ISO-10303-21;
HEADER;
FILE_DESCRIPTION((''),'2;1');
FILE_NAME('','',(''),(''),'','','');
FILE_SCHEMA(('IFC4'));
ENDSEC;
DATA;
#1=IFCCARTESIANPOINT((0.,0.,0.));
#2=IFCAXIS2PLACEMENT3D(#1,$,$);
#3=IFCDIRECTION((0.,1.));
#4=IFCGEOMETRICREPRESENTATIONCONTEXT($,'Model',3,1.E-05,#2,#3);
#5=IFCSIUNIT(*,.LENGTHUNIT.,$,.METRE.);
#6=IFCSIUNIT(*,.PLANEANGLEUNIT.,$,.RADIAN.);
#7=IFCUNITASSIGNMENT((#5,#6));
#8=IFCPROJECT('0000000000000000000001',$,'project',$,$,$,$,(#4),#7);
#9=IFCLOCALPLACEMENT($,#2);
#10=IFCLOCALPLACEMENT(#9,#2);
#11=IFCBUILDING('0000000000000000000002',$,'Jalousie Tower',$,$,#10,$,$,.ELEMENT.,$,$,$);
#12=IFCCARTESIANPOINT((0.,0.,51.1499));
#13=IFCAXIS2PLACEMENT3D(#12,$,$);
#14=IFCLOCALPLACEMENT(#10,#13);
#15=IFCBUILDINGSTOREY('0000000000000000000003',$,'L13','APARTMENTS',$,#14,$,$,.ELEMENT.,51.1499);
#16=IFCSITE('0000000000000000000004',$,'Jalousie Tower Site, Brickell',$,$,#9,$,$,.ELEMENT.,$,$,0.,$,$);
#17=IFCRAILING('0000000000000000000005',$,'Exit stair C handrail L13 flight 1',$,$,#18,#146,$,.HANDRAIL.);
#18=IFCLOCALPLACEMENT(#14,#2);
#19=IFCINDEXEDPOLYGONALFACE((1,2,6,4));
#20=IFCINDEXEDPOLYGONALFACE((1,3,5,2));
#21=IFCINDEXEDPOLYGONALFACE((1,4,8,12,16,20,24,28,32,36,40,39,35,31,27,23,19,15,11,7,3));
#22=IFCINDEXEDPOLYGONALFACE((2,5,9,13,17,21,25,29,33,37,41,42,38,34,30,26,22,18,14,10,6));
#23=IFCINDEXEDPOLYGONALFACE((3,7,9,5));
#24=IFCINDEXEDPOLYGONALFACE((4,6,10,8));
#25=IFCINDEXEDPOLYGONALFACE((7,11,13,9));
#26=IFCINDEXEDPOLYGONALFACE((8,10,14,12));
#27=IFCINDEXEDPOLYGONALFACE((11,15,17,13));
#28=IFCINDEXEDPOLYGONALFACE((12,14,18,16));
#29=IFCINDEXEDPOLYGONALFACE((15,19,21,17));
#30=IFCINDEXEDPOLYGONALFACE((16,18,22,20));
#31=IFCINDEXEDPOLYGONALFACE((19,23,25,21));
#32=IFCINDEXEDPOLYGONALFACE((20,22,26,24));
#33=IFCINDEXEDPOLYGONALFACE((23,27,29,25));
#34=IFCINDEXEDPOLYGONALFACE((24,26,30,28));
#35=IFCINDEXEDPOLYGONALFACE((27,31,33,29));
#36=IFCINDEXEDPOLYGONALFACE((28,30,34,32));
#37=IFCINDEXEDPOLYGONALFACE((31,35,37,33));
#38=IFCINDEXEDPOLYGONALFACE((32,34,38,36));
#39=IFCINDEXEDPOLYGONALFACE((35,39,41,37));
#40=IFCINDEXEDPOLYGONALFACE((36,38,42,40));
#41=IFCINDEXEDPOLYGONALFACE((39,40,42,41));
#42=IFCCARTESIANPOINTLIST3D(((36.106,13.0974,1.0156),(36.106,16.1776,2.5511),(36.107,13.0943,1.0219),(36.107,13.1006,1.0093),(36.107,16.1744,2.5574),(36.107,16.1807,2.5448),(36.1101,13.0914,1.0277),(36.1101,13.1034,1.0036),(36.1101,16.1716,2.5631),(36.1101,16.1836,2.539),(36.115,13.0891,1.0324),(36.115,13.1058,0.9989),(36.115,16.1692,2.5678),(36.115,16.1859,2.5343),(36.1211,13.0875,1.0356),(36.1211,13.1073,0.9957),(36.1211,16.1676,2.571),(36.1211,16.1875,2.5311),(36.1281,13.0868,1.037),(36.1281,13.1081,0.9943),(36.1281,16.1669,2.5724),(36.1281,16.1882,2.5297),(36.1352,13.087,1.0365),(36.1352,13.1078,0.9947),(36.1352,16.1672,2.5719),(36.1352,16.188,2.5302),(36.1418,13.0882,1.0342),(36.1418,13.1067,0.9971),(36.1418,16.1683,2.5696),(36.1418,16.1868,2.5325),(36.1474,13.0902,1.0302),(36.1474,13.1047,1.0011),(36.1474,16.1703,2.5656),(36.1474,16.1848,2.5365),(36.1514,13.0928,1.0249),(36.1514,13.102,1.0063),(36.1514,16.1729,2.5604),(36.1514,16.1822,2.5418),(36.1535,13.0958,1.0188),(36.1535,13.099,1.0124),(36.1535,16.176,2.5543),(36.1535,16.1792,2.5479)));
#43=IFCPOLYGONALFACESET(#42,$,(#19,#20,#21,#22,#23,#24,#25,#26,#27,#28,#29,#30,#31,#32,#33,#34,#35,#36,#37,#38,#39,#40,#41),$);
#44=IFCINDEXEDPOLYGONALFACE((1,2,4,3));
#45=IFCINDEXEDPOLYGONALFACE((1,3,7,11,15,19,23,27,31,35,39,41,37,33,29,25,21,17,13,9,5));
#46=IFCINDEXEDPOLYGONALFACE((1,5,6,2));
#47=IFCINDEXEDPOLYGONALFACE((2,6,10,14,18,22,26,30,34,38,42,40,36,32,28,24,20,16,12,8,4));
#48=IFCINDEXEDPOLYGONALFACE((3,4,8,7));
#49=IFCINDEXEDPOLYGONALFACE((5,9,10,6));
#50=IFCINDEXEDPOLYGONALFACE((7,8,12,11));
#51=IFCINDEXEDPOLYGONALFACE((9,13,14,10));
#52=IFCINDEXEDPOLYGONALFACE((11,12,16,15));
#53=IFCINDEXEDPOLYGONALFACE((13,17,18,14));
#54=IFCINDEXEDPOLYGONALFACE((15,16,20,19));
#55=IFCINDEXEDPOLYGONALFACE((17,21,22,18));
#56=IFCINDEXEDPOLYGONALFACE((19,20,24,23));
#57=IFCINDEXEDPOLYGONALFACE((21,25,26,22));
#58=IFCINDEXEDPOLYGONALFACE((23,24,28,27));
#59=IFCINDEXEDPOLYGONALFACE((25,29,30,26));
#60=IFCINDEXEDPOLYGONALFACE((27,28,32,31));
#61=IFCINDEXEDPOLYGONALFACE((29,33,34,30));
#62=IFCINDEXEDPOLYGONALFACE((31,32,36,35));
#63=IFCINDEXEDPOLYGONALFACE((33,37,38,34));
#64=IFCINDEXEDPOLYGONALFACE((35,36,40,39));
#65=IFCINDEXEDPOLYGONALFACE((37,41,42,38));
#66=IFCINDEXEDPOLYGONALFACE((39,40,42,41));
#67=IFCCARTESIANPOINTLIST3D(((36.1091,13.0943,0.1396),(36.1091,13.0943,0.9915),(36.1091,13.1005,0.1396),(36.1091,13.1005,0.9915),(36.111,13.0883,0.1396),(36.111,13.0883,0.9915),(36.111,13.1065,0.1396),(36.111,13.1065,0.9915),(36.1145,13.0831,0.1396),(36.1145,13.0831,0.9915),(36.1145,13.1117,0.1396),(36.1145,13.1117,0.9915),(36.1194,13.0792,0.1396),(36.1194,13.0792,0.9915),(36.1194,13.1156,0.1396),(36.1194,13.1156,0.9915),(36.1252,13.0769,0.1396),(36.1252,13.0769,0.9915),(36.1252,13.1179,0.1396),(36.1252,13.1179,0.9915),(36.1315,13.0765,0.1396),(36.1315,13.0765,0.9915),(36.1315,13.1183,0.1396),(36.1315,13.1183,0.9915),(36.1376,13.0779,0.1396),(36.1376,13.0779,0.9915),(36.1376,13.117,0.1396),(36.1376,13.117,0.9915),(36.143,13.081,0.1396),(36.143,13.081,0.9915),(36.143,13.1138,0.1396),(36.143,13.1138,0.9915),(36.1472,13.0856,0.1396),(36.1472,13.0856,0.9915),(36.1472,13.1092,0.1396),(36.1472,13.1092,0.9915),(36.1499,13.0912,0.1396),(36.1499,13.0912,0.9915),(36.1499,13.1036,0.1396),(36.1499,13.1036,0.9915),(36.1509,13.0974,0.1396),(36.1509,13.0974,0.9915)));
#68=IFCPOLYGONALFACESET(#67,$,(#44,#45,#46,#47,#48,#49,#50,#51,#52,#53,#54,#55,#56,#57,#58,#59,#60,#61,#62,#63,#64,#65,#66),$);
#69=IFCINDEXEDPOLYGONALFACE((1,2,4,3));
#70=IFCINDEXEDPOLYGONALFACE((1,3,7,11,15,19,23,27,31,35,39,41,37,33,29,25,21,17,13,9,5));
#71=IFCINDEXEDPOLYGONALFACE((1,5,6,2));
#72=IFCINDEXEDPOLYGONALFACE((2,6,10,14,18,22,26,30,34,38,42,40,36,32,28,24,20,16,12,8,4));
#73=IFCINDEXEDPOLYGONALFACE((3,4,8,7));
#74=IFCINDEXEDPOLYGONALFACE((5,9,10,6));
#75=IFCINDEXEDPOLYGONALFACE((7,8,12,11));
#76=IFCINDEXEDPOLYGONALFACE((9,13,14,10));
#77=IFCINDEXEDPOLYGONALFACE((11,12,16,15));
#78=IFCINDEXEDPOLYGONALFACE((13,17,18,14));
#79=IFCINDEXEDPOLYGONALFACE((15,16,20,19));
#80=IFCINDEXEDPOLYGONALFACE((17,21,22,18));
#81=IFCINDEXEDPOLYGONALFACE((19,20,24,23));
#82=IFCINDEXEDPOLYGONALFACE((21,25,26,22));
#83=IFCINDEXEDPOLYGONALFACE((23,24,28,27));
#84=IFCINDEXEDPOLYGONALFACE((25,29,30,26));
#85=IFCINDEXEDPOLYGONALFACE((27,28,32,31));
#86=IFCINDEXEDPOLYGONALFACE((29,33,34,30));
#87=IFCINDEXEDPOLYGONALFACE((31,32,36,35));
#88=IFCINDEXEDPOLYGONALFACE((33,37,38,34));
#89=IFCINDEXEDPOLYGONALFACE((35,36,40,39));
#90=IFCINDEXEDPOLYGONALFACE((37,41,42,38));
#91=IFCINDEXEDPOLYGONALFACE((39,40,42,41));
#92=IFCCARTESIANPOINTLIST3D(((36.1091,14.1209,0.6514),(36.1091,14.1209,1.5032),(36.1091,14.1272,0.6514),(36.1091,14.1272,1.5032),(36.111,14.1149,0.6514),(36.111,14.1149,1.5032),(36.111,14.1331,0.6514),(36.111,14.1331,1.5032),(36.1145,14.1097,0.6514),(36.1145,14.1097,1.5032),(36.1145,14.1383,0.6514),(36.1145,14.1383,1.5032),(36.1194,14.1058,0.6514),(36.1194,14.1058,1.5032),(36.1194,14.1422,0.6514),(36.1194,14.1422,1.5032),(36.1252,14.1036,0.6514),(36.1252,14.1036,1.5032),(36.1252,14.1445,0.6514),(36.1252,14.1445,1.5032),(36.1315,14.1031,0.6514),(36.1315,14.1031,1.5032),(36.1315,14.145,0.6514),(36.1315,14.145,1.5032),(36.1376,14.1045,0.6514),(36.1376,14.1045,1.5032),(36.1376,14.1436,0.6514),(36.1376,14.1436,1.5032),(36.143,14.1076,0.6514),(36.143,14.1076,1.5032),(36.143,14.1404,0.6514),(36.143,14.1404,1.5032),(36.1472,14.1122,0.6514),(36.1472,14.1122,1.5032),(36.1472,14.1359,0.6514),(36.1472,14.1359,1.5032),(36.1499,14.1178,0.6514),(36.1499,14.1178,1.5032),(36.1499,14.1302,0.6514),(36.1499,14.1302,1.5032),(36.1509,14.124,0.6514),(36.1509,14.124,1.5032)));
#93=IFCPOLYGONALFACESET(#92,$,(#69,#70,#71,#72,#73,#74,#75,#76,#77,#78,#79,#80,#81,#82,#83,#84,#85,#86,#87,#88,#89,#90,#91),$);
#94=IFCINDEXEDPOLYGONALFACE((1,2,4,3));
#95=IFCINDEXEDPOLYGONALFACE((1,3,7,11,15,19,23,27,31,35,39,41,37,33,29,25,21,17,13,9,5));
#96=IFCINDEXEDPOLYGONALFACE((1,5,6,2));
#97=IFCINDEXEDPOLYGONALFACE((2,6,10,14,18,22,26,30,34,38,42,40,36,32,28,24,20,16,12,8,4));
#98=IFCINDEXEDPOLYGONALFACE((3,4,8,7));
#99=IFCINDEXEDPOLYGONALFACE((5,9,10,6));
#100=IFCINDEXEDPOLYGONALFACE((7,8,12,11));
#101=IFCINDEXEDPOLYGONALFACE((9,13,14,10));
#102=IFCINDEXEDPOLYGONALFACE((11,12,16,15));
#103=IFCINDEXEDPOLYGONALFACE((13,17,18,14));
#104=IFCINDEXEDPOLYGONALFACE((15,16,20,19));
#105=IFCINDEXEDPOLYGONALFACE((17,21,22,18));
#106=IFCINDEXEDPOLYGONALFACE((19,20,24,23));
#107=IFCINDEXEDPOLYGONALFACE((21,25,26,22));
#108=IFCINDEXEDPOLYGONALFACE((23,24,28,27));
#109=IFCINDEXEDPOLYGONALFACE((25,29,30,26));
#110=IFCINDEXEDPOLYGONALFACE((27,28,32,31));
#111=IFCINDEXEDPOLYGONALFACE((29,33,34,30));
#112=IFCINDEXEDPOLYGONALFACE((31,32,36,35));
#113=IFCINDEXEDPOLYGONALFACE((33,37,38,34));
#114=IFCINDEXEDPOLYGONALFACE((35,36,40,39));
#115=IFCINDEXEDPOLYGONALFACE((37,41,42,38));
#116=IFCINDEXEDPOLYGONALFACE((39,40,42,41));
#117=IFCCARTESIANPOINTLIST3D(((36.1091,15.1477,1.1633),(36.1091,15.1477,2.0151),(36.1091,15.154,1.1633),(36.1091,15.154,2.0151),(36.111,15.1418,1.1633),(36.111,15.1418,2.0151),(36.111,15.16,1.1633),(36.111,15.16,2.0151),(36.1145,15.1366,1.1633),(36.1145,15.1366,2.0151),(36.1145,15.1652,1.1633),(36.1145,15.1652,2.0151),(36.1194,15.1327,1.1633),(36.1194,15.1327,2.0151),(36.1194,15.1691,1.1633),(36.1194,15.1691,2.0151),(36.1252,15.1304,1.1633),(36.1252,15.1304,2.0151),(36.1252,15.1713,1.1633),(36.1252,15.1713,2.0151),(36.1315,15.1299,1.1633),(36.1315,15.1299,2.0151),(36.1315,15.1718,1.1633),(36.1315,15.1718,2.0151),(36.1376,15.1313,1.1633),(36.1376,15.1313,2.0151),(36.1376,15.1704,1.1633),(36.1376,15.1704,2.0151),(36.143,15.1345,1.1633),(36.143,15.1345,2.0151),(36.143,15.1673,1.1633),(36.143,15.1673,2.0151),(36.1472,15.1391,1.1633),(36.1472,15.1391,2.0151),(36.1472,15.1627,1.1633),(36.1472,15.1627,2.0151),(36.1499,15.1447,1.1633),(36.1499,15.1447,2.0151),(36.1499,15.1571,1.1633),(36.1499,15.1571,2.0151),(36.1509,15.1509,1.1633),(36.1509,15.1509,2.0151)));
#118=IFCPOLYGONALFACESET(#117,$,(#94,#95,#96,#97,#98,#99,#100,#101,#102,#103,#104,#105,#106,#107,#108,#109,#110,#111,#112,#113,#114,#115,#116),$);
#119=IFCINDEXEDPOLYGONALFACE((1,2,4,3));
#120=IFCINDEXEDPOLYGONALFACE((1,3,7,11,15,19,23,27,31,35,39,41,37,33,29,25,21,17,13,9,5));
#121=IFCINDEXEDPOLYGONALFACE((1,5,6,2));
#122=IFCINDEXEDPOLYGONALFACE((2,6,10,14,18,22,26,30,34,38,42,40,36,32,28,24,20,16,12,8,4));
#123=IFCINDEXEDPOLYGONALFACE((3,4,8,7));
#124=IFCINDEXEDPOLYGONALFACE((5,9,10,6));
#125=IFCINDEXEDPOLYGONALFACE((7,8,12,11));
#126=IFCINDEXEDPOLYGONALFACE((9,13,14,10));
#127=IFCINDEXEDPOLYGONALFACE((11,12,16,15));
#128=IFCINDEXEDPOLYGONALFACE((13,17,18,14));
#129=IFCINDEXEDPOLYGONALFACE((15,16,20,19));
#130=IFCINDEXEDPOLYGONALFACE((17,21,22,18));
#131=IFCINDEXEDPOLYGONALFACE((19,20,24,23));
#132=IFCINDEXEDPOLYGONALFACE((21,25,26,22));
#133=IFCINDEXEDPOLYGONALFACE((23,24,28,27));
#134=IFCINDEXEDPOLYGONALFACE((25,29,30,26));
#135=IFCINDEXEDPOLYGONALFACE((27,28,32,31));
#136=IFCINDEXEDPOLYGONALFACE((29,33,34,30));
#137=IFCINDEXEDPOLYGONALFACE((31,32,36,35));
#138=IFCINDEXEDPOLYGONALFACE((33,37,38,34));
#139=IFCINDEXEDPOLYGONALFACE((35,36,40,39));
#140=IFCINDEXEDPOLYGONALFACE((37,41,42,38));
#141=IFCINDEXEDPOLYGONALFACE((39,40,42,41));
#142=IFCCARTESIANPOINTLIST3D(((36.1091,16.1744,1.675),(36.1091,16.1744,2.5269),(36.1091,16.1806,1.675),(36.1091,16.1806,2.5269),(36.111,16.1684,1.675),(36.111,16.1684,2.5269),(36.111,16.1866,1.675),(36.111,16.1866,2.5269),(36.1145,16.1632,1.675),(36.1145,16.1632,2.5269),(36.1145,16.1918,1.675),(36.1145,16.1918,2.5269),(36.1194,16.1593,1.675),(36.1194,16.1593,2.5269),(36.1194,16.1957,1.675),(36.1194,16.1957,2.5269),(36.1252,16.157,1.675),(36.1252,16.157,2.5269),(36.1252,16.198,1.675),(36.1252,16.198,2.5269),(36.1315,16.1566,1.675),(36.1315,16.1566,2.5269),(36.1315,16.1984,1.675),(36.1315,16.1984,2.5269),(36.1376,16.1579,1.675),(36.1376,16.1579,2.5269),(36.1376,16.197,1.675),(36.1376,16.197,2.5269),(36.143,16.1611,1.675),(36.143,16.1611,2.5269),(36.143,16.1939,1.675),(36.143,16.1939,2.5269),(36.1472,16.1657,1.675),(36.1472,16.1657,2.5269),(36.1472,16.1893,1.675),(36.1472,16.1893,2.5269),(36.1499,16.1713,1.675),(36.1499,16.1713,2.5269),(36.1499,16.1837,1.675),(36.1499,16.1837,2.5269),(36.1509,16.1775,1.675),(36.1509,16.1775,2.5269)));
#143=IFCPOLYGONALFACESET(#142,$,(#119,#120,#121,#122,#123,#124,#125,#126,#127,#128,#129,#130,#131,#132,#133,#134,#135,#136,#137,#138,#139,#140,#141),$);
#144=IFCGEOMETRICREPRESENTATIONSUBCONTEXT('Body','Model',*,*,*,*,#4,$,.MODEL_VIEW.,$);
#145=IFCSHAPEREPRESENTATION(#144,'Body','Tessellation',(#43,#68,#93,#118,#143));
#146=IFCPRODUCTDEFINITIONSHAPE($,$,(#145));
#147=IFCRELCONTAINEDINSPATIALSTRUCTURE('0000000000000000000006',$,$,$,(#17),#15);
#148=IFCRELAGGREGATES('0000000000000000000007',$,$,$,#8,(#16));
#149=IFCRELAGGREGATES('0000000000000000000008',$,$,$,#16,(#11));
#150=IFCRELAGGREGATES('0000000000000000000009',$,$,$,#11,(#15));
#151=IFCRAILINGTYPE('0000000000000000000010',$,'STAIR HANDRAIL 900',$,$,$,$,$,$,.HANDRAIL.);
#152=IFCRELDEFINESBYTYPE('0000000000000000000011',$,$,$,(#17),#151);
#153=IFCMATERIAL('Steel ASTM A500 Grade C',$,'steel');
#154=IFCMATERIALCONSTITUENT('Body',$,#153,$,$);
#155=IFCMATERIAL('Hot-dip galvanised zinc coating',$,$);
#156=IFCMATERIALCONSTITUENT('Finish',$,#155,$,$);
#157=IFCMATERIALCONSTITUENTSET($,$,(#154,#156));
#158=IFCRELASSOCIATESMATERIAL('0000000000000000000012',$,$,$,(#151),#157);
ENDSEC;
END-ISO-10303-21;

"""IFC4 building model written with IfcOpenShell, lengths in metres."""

from ifc_helpers import new_model, si_unit, direction, frame, origin, origin_2d, place, context, subcontext, project, spatial, circle, extrude, material, constituent, constituent_set, type_object, element, save


model = new_model("IFC4")

# Units and contexts
model_context = context("Model", 3, precision=1e-05, world=origin(), true_north=direction((0.0, 1.0)))
body_context = subcontext(model_context, "Body", "Model", "MODEL_VIEW")
ifc_project = project(units=[si_unit("LENGTHUNIT", "METRE"), si_unit("PLANEANGLEUNIT", "RADIAN")], contexts=[model_context])

# Site, building, storey
site_placement = place(None, origin())
site = spatial("IfcSite", under=ifc_project, at=site_placement, Name="Jalousie Tower Site, Brickell", CompositionType="ELEMENT", RefElevation=0.0)
building_placement = place(site_placement, origin())
building = spatial("IfcBuilding", under=site, at=building_placement, Name="Jalousie Tower", CompositionType="ELEMENT")
storey_placement = place(building_placement, frame((0.0, 0.0, 51.1499)))
storey = spatial("IfcBuildingStorey", under=building, at=storey_placement, Name="L13", Description="APARTMENTS", CompositionType="ELEMENT", Elevation=51.1499)

# Railing
ifc_material_1 = material(Name="Steel ASTM A500 Grade C", Category="steel")
ifc_constituent_1 = constituent(ifc_material_1, Name="Body")
ifc_material_2 = material(Name="Hot-dip galvanised zinc coating")
ifc_constituent_2 = constituent(ifc_material_2, Name="Finish")
ifc_constituent_set_1 = constituent_set(constituents=[ifc_constituent_1, ifc_constituent_2])
railing_type_1 = type_object("IfcRailingType", Name="STAIR HANDRAIL 900", PredefinedType="HANDRAIL", material=ifc_constituent_set_1)
railing_1_placement = place(storey_placement, frame((36.1299, 13.0974, 0.1396)))
element("IfcRailing", 1, at=railing_1_placement, inside=storey, type_object=railing_type_1, Name="Exit stair C handrail L13 flight 1", PredefinedType="HANDRAIL", context=body_context, shape_type="SweptSolid", body=[
    extrude(circle(Radius=0.0239, at=origin_2d()), frame((0.0, 0.0, 0.876), z_axis=(0.0, 0.894966, 0.446135), x_axis=(-1.0, 0.0, 0.0)), (0.0, 0.0, 1.0), 3.4417),
    extrude(circle(Radius=0.021, at=origin_2d()), origin(), (0.0, 0.0, 1.0), 0.8518),
    extrude(circle(Radius=0.021, at=origin_2d()), frame((0.0, 1.0266, 0.5117)), (0.0, 0.0, 1.0), 0.8518),
    extrude(circle(Radius=0.021, at=origin_2d()), frame((0.0, 2.0535, 1.0237)), (0.0, 0.0, 1.0), 0.8518),
    extrude(circle(Radius=0.021, at=origin_2d()), frame((0.0, 3.0801, 1.5354)), (0.0, 0.0, 1.0), 0.8518),
])

save(model, "model.ifc")
